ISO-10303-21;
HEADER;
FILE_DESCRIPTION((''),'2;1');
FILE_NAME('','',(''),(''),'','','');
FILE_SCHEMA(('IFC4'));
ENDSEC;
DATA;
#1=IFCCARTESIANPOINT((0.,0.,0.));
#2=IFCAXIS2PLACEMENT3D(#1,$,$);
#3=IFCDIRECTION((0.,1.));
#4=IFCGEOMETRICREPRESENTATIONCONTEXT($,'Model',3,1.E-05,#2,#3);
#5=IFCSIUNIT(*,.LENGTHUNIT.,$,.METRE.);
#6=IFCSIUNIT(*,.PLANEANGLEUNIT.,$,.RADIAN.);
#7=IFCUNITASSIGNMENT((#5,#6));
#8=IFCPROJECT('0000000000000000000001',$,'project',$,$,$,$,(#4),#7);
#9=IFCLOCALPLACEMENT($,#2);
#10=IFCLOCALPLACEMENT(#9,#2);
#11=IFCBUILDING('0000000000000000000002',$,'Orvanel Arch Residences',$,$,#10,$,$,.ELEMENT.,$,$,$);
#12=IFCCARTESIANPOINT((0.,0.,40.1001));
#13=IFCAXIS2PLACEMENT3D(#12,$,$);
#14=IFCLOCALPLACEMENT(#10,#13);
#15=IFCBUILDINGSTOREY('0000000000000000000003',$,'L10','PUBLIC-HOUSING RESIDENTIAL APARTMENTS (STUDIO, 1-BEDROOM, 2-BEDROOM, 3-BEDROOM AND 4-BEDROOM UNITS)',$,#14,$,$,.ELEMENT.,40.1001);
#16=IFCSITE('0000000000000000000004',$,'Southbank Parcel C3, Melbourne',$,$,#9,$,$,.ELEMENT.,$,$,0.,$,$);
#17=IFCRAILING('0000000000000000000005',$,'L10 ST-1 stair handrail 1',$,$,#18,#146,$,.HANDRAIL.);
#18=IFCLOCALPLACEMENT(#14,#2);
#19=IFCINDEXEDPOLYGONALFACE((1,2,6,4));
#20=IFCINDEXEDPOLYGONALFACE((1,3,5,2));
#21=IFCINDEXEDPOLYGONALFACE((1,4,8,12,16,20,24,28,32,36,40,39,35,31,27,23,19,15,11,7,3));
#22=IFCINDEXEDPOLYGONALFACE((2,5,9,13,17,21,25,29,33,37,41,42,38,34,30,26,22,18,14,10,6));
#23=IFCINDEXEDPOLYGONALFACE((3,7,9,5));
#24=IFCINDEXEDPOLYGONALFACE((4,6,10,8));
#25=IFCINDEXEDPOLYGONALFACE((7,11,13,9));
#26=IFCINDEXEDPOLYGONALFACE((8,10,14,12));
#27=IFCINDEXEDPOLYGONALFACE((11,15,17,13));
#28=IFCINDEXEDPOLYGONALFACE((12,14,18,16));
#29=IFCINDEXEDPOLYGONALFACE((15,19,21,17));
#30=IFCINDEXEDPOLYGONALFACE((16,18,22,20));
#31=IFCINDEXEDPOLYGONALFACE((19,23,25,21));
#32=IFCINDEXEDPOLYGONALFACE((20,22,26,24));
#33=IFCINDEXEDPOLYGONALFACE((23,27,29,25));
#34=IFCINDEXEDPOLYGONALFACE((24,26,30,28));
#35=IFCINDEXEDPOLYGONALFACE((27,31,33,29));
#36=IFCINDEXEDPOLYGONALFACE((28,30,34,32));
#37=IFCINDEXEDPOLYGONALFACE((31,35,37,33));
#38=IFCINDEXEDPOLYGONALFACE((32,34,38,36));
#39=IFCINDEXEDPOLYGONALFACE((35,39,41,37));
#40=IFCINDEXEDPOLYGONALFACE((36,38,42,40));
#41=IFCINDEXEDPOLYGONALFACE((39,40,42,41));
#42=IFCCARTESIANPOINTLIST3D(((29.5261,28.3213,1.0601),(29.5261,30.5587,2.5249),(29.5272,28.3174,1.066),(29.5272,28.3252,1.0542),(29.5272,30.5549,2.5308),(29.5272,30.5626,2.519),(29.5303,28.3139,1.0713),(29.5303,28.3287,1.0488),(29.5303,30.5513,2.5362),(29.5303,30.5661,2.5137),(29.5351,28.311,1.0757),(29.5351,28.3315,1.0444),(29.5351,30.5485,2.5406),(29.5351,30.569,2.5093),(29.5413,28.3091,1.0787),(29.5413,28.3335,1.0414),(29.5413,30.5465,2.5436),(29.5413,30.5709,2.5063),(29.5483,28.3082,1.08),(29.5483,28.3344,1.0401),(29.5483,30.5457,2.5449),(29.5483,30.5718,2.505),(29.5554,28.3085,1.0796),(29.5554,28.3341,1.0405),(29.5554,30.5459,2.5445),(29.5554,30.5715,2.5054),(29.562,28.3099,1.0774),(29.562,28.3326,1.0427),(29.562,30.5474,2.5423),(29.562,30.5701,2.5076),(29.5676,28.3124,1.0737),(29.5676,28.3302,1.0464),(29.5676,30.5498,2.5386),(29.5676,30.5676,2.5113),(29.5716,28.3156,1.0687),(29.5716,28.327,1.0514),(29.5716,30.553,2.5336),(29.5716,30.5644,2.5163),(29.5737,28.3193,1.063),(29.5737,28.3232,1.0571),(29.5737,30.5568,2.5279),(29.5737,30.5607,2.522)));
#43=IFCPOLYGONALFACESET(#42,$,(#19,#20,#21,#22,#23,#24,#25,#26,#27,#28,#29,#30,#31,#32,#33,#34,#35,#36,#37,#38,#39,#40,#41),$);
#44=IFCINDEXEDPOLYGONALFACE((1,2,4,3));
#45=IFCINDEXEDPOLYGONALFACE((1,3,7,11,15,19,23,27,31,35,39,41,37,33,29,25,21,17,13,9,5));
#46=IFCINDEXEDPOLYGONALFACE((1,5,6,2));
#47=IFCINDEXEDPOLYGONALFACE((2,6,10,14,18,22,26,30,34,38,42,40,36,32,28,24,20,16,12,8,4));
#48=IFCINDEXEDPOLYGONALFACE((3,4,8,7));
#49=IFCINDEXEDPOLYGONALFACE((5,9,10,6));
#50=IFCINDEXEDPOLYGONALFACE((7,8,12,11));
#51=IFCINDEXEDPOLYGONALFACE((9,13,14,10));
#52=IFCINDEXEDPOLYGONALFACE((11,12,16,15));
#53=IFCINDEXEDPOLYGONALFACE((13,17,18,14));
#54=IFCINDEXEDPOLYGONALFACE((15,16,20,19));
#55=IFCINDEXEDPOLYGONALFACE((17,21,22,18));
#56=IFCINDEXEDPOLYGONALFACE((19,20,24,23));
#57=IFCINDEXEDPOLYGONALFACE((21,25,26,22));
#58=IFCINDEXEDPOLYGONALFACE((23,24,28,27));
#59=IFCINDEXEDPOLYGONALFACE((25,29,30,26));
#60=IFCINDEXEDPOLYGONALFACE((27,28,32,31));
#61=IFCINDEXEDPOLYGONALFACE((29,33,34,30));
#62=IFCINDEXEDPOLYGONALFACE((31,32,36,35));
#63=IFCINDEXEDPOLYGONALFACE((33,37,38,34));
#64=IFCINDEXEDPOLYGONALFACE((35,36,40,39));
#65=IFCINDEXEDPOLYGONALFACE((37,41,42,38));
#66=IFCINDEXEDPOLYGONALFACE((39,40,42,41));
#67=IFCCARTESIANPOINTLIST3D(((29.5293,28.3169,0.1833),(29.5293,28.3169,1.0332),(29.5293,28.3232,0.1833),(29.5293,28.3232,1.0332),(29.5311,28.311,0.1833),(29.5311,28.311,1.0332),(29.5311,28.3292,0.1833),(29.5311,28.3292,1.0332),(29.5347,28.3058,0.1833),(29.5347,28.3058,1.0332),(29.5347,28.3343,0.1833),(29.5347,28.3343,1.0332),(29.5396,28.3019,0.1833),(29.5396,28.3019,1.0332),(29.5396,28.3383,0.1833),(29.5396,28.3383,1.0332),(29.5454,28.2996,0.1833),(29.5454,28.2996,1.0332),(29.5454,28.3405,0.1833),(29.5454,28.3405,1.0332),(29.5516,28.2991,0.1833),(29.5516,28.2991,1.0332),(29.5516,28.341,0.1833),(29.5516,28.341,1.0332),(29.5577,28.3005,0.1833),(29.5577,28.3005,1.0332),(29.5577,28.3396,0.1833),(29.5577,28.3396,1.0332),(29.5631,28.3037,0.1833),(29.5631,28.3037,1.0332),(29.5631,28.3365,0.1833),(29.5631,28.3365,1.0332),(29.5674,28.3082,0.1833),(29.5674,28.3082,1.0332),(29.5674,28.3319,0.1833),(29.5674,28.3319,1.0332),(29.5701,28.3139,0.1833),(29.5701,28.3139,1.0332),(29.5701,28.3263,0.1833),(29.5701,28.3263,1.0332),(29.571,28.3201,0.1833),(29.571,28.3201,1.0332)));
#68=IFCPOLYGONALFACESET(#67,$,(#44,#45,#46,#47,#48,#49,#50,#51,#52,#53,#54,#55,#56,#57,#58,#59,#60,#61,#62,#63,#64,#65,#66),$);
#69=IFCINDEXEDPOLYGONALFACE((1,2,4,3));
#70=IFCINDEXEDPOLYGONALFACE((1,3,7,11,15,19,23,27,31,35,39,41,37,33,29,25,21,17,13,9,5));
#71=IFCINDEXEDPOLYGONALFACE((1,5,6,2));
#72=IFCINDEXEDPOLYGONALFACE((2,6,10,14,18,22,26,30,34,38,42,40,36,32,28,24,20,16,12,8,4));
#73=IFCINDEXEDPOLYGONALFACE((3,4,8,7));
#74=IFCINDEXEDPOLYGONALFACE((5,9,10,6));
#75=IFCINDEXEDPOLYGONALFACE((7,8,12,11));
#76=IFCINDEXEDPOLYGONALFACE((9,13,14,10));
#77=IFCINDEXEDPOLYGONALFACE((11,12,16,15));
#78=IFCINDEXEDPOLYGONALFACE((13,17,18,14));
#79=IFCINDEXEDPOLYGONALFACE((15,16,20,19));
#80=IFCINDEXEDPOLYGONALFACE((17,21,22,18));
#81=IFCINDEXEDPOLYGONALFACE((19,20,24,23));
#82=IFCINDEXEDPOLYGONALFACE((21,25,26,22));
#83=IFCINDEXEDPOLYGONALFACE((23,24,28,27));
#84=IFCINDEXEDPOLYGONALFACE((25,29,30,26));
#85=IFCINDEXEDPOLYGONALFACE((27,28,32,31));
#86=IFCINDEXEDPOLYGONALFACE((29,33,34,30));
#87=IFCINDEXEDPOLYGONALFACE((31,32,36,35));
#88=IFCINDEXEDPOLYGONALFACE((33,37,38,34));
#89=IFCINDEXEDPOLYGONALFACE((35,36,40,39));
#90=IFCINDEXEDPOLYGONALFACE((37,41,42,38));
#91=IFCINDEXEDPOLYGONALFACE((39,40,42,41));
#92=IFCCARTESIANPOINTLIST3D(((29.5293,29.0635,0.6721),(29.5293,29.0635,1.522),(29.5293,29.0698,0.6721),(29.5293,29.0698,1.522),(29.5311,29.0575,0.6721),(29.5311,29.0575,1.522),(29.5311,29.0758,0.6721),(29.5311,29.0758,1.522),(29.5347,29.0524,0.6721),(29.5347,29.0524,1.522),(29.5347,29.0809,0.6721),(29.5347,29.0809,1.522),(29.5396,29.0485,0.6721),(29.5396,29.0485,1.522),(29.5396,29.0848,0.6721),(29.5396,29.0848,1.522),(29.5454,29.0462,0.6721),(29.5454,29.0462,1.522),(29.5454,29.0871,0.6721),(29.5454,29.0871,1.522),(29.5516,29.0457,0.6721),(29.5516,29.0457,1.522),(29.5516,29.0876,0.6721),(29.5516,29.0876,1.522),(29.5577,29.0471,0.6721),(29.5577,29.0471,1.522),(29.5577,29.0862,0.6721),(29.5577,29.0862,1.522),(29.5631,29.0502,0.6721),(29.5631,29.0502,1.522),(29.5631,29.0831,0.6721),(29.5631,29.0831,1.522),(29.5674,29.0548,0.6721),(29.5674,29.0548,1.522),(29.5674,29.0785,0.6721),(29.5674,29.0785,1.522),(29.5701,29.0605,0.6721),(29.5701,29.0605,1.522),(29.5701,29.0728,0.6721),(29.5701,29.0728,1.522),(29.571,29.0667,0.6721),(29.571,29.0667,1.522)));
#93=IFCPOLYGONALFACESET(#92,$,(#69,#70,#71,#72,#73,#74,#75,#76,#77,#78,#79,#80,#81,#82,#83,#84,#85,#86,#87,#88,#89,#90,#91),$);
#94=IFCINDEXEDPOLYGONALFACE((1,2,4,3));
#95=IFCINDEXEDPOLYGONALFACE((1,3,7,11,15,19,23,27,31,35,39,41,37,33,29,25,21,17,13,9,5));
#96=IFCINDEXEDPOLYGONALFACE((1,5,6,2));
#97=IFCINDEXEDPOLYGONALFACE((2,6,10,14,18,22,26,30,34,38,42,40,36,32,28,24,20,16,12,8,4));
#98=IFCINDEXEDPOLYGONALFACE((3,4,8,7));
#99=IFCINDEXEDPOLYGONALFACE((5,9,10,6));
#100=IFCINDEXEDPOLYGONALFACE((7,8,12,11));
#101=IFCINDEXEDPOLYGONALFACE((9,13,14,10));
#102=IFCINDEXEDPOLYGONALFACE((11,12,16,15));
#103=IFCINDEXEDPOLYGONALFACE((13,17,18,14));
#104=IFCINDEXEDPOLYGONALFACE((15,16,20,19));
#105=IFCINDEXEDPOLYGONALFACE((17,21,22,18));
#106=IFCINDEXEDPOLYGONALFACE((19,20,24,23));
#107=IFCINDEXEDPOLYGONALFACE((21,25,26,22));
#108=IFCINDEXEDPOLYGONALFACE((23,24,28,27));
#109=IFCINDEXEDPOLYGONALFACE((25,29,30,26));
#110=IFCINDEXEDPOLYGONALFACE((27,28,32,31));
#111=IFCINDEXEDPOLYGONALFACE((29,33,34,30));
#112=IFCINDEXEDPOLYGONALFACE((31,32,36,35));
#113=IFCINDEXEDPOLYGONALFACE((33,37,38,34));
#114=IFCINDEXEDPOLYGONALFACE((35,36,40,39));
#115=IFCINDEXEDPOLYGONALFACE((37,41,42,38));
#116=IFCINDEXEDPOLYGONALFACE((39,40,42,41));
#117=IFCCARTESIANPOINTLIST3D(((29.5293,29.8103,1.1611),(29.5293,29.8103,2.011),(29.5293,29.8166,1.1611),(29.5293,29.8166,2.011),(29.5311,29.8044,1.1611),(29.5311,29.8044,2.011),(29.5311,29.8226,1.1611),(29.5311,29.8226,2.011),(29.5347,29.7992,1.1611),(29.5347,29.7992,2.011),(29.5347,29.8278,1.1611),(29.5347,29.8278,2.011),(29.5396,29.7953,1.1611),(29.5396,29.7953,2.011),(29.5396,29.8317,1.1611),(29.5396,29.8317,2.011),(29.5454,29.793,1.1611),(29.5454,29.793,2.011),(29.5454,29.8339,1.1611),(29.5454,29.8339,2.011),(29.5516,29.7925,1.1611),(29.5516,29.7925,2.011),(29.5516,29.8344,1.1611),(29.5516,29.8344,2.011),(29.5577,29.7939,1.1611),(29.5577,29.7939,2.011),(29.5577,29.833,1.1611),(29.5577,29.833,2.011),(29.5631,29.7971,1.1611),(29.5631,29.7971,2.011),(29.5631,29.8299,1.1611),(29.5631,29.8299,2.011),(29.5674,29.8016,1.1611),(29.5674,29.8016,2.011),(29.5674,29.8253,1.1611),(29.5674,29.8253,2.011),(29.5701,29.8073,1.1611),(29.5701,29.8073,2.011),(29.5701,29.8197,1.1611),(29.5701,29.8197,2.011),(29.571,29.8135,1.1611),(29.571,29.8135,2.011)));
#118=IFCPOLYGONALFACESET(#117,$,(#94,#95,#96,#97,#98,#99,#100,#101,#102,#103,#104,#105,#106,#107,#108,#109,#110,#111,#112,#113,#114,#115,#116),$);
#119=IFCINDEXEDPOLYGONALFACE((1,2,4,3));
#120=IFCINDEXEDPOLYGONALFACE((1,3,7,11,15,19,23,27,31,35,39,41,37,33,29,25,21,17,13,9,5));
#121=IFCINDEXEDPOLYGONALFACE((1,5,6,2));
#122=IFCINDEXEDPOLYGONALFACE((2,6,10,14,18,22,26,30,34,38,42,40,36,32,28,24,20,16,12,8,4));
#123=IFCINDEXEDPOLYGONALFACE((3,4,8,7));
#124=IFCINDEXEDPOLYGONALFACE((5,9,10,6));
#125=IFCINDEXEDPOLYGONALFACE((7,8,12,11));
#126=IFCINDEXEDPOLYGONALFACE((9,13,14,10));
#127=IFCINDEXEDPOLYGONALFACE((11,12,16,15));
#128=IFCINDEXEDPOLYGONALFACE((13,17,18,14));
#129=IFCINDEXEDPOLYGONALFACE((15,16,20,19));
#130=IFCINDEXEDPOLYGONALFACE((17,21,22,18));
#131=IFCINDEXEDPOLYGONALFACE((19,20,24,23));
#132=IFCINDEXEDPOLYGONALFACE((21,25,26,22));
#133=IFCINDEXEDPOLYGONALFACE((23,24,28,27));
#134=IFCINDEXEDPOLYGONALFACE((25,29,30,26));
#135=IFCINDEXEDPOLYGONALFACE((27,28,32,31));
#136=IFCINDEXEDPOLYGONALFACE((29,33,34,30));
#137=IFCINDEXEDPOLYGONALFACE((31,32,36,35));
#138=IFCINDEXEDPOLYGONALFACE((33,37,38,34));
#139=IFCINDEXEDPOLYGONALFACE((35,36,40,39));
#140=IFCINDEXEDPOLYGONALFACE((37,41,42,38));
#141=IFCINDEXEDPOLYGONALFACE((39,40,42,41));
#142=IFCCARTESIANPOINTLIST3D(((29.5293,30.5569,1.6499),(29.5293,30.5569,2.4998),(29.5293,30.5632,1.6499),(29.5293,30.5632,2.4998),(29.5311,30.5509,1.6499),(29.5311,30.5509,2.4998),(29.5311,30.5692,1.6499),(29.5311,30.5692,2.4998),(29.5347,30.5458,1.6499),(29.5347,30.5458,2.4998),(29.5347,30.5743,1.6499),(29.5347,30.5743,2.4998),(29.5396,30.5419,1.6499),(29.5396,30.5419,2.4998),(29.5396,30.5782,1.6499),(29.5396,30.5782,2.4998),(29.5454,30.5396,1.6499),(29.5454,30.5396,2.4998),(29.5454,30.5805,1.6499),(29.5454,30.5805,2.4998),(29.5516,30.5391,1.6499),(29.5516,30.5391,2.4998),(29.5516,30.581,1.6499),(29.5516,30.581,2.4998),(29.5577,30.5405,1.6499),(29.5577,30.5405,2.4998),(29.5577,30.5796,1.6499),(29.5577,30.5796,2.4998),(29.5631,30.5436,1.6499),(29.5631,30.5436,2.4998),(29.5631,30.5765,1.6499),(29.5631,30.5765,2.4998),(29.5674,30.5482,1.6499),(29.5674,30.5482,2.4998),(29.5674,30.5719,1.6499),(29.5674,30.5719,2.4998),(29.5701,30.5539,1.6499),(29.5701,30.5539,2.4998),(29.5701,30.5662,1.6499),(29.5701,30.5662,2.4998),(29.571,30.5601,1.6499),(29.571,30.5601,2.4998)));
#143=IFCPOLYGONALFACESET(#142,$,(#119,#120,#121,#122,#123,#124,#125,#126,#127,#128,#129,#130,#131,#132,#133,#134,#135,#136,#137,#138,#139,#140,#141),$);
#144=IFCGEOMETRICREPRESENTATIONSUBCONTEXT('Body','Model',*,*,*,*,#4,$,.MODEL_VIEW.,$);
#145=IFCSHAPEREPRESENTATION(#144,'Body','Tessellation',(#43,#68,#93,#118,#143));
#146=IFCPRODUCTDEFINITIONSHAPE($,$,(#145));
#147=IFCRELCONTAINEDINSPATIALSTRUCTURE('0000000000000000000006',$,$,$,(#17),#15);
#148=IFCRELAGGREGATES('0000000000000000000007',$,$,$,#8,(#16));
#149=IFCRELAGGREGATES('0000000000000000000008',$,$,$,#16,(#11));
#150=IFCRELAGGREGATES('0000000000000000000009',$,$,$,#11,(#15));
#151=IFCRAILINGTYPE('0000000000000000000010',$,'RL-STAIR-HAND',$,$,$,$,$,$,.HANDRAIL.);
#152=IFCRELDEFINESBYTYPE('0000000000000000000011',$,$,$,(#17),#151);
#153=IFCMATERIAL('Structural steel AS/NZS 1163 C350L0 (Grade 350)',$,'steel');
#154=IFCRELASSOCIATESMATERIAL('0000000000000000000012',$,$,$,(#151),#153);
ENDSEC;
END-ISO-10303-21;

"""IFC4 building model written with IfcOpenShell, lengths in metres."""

from ifc_helpers import new_model, si_unit, direction, frame, origin, origin_2d, place, context, subcontext, project, spatial, circle, extrude, material, type_object, element, save


model = new_model("IFC4")

# Units and contexts
model_context = context("Model", 3, precision=1e-05, world=origin(), true_north=direction((0.0, 1.0)))
body_context = subcontext(model_context, "Body", "Model", "MODEL_VIEW")
ifc_project = project(units=[si_unit("LENGTHUNIT", "METRE"), si_unit("PLANEANGLEUNIT", "RADIAN")], contexts=[model_context])

# Site, building, storey
site_placement = place(None, origin())
site = spatial("IfcSite", under=ifc_project, at=site_placement, Name="Southbank Parcel C3, Melbourne", CompositionType="ELEMENT", RefElevation=0.0)
building_placement = place(site_placement, origin())
building = spatial("IfcBuilding", under=site, at=building_placement, Name="Orvanel Arch Residences", CompositionType="ELEMENT")
storey_placement = place(building_placement, frame((0.0, 0.0, 40.1001)))
storey = spatial("IfcBuildingStorey", under=building, at=storey_placement, Name="L10", Description="PUBLIC-HOUSING RESIDENTIAL APARTMENTS (STUDIO, 1-BEDROOM, 2-BEDROOM, 3-BEDROOM AND 4-BEDROOM UNITS)", CompositionType="ELEMENT", Elevation=40.1001)

# Railing
ifc_material_1 = material(Name="Structural steel AS/NZS 1163 C350L0 (Grade 350)", Category="steel")
railing_type_1 = type_object("IfcRailingType", Name="RL-STAIR-HAND", PredefinedType="HANDRAIL", material=ifc_material_1)
railing_1_placement = place(storey_placement, frame((29.55, 28.3201, 0.1833)))
element("IfcRailing", 1, at=railing_1_placement, inside=storey, type_object=railing_type_1, Name="L10 ST-1 stair handrail 1", PredefinedType="HANDRAIL", context=body_context, shape_type="SweptSolid", body=[
    extrude(circle(Radius=0.0239, at=origin_2d()), frame((0.0, 0.0012, 0.8767), z_axis=(0.0, 0.836637, 0.547758), x_axis=(-1.0, 0.0, 0.0)), (0.0, 0.0, 1.0), 2.6743),
    extrude(circle(Radius=0.021, at=origin_2d()), origin(), (0.0, 0.0, 1.0), 0.8499),
    extrude(circle(Radius=0.021, at=origin_2d()), frame((0.0, 0.7466, 0.4888)), (0.0, 0.0, 1.0), 0.8499),
    extrude(circle(Radius=0.021, at=origin_2d()), frame((0.0, 1.4934, 0.9778)), (0.0, 0.0, 1.0), 0.8499),
    extrude(circle(Radius=0.021, at=origin_2d()), frame((0.0, 2.24, 1.4666)), (0.0, 0.0, 1.0), 0.8499),
])

save(model, "model.ifc")
